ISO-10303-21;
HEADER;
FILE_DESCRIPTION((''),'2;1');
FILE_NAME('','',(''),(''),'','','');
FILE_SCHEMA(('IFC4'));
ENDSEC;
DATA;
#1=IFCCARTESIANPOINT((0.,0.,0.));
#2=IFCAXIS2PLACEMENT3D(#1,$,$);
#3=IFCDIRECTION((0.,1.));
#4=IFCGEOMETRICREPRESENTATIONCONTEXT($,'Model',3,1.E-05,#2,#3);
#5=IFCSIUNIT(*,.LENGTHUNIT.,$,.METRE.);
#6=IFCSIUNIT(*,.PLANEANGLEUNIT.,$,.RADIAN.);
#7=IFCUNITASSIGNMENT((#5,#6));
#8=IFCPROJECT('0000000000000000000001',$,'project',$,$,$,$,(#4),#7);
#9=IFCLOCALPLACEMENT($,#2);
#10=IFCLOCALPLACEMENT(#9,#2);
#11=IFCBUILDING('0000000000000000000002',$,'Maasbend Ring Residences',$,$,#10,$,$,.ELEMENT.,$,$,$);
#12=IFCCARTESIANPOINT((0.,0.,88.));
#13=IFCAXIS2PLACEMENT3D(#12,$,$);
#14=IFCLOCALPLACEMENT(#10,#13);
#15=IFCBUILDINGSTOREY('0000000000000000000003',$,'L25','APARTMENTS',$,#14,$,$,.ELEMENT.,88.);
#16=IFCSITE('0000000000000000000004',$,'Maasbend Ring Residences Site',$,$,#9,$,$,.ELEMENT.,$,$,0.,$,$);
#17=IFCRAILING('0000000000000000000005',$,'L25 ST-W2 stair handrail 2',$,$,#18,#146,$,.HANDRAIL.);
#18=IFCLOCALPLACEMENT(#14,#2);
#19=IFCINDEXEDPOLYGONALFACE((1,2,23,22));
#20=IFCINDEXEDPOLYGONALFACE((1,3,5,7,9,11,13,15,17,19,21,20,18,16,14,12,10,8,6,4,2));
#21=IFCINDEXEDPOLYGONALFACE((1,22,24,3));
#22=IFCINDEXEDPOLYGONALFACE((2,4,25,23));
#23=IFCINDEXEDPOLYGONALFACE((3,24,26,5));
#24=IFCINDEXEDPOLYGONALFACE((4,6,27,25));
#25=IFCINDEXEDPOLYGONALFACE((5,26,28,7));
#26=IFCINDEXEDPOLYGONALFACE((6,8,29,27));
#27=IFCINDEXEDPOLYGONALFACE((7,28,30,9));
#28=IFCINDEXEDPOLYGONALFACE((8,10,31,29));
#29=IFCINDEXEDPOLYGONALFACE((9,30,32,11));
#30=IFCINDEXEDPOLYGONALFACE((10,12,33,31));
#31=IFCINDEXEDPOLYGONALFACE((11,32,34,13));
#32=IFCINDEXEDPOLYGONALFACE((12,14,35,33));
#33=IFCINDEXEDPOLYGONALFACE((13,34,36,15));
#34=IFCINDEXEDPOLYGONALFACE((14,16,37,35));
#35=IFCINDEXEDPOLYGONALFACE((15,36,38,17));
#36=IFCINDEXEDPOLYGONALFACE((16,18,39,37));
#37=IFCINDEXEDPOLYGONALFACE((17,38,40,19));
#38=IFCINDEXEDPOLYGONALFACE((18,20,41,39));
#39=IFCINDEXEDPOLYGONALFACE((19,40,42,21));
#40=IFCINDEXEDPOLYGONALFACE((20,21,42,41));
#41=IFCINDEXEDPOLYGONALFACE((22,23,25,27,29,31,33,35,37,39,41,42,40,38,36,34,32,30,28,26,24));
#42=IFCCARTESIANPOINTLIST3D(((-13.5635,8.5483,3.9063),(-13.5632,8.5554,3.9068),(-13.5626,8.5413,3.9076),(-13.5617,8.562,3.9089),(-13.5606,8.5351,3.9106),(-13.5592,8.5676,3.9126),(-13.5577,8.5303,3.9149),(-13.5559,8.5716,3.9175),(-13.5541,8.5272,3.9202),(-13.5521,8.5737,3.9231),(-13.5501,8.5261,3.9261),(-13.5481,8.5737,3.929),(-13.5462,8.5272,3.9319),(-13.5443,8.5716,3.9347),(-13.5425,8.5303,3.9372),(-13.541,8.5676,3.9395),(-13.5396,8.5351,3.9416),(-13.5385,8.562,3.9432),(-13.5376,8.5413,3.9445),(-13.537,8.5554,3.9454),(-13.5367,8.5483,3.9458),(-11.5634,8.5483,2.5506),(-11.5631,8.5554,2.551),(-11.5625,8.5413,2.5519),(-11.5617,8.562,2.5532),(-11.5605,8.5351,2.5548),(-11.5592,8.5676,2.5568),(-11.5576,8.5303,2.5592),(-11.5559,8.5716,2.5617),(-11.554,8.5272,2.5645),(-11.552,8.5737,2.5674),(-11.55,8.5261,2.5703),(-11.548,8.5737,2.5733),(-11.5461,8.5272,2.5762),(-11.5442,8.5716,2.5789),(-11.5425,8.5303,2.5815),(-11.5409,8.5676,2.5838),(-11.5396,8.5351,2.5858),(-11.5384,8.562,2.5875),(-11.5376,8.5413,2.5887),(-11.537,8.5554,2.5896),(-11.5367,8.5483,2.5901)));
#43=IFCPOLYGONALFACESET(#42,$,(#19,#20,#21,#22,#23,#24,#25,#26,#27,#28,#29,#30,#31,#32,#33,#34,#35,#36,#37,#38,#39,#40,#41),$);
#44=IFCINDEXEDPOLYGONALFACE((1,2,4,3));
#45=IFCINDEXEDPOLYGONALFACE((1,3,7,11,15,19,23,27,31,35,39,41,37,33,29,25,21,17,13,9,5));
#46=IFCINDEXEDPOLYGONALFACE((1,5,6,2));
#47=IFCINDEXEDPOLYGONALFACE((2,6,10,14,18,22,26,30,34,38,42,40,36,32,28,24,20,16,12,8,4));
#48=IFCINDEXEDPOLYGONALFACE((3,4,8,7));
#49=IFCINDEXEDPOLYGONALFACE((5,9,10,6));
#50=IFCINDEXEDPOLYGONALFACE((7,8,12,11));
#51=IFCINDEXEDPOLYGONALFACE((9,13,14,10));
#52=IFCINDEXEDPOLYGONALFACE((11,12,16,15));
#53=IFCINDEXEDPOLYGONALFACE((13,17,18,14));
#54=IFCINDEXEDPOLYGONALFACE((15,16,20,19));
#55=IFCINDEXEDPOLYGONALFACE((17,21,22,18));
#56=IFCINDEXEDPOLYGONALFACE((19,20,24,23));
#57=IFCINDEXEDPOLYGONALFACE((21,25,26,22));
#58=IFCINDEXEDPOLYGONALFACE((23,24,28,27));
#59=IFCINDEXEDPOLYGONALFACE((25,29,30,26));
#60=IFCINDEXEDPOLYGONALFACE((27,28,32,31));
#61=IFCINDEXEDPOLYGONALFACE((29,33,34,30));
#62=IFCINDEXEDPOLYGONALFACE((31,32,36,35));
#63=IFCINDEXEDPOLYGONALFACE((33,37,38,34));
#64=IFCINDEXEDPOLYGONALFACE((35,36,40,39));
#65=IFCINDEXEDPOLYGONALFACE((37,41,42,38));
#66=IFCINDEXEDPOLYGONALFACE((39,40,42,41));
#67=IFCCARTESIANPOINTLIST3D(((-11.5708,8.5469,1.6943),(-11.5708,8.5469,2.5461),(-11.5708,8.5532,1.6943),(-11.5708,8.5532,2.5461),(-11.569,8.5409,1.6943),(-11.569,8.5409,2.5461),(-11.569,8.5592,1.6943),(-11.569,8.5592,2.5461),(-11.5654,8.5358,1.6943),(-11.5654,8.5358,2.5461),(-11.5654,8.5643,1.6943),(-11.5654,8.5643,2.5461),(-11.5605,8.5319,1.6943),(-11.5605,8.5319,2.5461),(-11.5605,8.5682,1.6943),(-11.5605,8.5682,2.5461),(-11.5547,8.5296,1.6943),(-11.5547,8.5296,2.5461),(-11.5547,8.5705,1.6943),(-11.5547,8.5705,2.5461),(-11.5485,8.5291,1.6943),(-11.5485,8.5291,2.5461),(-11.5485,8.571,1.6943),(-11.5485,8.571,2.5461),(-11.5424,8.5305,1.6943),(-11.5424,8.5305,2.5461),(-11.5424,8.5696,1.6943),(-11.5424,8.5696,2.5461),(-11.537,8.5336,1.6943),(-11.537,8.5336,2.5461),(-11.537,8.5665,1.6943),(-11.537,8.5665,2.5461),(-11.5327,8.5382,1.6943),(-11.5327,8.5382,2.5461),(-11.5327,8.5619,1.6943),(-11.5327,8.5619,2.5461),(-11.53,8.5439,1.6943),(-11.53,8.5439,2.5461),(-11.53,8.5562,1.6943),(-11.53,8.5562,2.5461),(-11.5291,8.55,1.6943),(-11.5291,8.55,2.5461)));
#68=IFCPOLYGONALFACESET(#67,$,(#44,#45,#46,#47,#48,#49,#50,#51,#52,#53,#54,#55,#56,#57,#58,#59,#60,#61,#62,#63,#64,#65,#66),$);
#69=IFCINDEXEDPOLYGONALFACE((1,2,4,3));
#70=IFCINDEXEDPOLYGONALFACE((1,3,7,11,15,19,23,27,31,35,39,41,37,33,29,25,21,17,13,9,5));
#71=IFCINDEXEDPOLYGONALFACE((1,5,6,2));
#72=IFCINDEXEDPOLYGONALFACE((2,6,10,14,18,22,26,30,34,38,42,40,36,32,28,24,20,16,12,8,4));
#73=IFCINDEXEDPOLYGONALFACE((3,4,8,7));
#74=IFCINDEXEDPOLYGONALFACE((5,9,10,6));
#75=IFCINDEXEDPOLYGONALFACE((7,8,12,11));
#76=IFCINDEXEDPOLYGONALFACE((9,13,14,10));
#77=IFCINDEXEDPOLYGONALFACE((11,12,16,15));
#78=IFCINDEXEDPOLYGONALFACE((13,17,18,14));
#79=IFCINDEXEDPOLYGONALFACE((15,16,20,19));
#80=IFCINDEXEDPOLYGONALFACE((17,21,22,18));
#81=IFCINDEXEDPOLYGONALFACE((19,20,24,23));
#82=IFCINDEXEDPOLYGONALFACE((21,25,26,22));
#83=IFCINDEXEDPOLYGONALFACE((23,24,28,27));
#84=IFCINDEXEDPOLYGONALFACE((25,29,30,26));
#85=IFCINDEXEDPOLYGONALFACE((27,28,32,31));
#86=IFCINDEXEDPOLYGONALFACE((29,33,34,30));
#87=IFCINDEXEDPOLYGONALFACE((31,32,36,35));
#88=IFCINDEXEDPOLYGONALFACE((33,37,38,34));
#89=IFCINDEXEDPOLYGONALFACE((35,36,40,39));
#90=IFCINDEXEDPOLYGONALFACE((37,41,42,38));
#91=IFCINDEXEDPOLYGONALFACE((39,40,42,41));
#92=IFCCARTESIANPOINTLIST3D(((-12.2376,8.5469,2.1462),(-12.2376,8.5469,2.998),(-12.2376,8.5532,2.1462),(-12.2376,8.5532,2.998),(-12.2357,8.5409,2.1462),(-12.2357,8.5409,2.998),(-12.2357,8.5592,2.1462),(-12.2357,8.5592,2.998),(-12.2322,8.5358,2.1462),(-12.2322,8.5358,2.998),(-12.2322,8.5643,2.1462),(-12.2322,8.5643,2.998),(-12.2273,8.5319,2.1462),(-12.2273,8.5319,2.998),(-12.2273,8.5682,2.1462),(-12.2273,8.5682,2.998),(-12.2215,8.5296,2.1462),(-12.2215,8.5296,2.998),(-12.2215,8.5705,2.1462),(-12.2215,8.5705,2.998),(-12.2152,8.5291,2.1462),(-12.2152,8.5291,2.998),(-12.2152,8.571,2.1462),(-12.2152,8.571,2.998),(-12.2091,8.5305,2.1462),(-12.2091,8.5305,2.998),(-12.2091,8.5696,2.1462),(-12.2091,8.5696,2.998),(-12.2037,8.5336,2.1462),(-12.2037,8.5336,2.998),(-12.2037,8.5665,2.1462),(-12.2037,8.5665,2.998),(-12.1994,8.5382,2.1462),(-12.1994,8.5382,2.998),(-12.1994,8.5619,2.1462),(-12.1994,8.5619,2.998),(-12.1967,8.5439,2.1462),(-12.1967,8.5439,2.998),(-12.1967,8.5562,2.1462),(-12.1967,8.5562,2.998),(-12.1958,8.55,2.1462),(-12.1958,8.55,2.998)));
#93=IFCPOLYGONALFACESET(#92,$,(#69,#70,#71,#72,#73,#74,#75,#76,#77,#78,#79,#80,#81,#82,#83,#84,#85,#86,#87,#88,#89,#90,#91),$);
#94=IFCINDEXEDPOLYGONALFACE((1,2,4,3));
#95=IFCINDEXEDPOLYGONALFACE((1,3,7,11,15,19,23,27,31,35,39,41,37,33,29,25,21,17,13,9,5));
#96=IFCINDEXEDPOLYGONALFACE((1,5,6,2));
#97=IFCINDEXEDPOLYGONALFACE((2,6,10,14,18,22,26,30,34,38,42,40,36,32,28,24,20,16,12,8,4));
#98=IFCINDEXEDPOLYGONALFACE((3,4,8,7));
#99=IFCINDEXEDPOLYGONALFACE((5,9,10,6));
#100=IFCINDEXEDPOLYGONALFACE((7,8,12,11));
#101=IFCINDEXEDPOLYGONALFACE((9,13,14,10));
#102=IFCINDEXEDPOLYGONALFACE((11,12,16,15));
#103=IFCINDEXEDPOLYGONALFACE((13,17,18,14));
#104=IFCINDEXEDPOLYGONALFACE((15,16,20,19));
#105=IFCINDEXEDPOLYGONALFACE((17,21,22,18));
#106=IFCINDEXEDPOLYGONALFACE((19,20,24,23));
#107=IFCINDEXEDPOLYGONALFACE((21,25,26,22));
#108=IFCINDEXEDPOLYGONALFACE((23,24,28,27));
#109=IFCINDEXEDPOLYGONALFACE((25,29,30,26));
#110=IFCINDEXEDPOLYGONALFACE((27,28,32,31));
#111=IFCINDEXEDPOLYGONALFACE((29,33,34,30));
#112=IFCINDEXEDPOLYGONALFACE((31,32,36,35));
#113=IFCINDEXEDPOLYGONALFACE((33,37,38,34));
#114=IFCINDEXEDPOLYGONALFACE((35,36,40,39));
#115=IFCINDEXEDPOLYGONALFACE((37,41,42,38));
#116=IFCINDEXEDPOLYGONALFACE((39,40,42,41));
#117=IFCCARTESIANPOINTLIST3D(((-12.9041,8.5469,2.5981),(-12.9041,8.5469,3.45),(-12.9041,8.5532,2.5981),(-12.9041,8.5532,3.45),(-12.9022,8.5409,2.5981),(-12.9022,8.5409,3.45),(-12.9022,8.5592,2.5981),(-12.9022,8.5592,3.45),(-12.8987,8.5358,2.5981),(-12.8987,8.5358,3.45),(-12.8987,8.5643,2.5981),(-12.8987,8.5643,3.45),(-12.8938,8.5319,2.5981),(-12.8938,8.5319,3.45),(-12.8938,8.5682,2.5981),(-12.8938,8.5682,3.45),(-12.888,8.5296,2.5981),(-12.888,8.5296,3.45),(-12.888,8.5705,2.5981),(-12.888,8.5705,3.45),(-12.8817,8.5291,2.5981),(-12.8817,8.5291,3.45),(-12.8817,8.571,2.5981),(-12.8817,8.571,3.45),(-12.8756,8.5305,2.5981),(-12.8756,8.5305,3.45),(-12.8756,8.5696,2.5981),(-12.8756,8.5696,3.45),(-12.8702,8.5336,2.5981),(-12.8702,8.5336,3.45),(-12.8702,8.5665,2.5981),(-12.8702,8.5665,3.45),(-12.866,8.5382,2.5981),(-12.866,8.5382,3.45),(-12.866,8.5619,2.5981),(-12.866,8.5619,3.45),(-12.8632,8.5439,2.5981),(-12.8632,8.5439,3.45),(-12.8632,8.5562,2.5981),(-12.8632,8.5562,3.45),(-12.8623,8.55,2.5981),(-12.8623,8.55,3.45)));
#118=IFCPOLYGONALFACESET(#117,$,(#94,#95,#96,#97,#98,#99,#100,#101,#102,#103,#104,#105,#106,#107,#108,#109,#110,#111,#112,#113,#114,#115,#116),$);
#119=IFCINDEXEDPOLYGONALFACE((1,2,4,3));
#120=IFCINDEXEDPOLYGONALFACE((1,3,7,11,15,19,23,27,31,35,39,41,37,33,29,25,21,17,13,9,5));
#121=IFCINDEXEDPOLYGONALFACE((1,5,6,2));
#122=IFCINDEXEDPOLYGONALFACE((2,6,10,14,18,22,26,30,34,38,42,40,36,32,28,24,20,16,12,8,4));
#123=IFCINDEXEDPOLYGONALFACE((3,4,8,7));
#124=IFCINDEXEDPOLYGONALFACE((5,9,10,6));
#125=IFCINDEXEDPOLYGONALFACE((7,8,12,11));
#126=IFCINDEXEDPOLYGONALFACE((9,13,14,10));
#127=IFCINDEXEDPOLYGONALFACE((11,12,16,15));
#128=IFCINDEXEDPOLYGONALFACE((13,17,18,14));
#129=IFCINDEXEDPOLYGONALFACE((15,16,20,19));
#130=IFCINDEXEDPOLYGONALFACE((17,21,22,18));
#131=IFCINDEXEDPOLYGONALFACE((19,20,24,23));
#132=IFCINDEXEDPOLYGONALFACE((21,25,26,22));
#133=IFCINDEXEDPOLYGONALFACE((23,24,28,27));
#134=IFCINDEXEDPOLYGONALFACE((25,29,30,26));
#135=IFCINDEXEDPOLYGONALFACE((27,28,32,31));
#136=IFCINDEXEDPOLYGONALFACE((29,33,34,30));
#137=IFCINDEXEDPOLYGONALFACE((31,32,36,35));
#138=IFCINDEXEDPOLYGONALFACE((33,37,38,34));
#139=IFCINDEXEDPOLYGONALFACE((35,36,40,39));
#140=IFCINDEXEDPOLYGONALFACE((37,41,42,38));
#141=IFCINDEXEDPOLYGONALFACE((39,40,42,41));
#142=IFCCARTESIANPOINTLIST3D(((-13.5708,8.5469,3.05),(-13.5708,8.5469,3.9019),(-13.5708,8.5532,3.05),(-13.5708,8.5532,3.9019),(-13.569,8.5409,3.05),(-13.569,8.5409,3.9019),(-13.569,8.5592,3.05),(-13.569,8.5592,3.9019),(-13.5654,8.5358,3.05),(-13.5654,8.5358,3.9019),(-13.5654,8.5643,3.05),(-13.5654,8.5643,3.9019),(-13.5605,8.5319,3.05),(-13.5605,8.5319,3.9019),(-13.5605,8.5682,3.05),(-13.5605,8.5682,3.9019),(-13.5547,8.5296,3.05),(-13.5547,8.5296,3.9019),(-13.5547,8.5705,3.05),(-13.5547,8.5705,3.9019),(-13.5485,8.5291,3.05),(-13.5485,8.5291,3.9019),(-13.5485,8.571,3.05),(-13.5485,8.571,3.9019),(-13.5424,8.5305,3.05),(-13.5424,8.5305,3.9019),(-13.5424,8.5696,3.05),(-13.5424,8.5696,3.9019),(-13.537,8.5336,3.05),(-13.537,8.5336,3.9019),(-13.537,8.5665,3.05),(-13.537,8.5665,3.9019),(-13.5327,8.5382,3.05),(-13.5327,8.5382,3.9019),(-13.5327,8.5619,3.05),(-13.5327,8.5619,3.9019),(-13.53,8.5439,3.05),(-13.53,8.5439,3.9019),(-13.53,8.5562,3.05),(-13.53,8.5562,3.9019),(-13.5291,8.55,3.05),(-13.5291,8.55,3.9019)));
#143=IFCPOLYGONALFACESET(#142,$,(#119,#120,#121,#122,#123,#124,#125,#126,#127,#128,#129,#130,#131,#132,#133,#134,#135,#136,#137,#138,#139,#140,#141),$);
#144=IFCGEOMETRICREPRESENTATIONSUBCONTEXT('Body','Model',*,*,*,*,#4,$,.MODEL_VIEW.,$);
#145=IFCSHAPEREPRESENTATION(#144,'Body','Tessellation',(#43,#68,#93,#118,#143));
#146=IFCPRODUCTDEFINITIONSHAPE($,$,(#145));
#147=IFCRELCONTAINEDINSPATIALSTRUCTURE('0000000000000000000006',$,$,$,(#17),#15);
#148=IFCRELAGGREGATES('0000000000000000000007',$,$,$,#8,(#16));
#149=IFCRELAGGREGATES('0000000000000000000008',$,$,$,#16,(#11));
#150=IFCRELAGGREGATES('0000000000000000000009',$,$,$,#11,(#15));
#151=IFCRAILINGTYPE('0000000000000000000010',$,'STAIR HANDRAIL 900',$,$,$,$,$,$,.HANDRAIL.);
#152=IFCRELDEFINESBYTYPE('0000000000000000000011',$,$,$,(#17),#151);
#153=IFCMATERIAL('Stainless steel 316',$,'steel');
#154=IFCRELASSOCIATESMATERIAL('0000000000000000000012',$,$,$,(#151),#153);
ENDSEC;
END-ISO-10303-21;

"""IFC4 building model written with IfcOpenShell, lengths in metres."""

from ifc_helpers import new_model, si_unit, direction, frame, origin, origin_2d, place, context, subcontext, project, spatial, circle, extrude, material, type_object, element, save


model = new_model("IFC4")

# Units and contexts
model_context = context("Model", 3, precision=1e-05, world=origin(), true_north=direction((0.0, 1.0)))
body_context = subcontext(model_context, "Body", "Model", "MODEL_VIEW")
ifc_project = project(units=[si_unit("LENGTHUNIT", "METRE"), si_unit("PLANEANGLEUNIT", "RADIAN")], contexts=[model_context])

# Site, building, storey
site_placement = place(None, origin())
site = spatial("IfcSite", under=ifc_project, at=site_placement, Name="Maasbend Ring Residences Site", CompositionType="ELEMENT", RefElevation=0.0)
building_placement = place(site_placement, origin())
building = spatial("IfcBuilding", under=site, at=building_placement, Name="Maasbend Ring Residences", CompositionType="ELEMENT")
storey_placement = place(building_placement, frame((0.0, 0.0, 88.0)))
storey = spatial("IfcBuildingStorey", under=building, at=storey_placement, Name="L25", Description="APARTMENTS", CompositionType="ELEMENT", Elevation=88.0)

# Railing
ifc_material_1 = material(Name="Stainless steel 316", Category="steel")
railing_type_1 = type_object("IfcRailingType", Name="STAIR HANDRAIL 900", PredefinedType="HANDRAIL", material=ifc_material_1)
railing_1_placement = place(storey_placement, frame((-11.55, 8.55, 1.6943)))
element("IfcRailing", 1, at=railing_1_placement, inside=storey, type_object=railing_type_1, Name="L25 ST-W2 stair handrail 2", PredefinedType="HANDRAIL", context=body_context, shape_type="SweptSolid", body=[
    extrude(circle(Radius=0.0239, at=origin_2d()), frame((0.0, 0.0, 0.876), z_axis=(-0.827751, 0.0, 0.561096), x_axis=(0.0, -1.0, 0.0)), (0.0, 0.0, 1.0), 2.4163),
    extrude(circle(Radius=0.021, at=origin_2d()), origin(), (0.0, 0.0, 1.0), 0.8518),
    extrude(circle(Radius=0.021, at=origin_2d()), frame((-0.6667, 0.0, 0.4519)), (0.0, 0.0, 1.0), 0.8518),
    extrude(circle(Radius=0.021, at=origin_2d()), frame((-1.3333, 0.0, 0.9038)), (0.0, 0.0, 1.0), 0.8518),
    extrude(circle(Radius=0.021, at=origin_2d()), frame((-2.0, 0.0, 1.3557)), (0.0, 0.0, 1.0), 0.8518),
])

save(model, "model.ifc")
